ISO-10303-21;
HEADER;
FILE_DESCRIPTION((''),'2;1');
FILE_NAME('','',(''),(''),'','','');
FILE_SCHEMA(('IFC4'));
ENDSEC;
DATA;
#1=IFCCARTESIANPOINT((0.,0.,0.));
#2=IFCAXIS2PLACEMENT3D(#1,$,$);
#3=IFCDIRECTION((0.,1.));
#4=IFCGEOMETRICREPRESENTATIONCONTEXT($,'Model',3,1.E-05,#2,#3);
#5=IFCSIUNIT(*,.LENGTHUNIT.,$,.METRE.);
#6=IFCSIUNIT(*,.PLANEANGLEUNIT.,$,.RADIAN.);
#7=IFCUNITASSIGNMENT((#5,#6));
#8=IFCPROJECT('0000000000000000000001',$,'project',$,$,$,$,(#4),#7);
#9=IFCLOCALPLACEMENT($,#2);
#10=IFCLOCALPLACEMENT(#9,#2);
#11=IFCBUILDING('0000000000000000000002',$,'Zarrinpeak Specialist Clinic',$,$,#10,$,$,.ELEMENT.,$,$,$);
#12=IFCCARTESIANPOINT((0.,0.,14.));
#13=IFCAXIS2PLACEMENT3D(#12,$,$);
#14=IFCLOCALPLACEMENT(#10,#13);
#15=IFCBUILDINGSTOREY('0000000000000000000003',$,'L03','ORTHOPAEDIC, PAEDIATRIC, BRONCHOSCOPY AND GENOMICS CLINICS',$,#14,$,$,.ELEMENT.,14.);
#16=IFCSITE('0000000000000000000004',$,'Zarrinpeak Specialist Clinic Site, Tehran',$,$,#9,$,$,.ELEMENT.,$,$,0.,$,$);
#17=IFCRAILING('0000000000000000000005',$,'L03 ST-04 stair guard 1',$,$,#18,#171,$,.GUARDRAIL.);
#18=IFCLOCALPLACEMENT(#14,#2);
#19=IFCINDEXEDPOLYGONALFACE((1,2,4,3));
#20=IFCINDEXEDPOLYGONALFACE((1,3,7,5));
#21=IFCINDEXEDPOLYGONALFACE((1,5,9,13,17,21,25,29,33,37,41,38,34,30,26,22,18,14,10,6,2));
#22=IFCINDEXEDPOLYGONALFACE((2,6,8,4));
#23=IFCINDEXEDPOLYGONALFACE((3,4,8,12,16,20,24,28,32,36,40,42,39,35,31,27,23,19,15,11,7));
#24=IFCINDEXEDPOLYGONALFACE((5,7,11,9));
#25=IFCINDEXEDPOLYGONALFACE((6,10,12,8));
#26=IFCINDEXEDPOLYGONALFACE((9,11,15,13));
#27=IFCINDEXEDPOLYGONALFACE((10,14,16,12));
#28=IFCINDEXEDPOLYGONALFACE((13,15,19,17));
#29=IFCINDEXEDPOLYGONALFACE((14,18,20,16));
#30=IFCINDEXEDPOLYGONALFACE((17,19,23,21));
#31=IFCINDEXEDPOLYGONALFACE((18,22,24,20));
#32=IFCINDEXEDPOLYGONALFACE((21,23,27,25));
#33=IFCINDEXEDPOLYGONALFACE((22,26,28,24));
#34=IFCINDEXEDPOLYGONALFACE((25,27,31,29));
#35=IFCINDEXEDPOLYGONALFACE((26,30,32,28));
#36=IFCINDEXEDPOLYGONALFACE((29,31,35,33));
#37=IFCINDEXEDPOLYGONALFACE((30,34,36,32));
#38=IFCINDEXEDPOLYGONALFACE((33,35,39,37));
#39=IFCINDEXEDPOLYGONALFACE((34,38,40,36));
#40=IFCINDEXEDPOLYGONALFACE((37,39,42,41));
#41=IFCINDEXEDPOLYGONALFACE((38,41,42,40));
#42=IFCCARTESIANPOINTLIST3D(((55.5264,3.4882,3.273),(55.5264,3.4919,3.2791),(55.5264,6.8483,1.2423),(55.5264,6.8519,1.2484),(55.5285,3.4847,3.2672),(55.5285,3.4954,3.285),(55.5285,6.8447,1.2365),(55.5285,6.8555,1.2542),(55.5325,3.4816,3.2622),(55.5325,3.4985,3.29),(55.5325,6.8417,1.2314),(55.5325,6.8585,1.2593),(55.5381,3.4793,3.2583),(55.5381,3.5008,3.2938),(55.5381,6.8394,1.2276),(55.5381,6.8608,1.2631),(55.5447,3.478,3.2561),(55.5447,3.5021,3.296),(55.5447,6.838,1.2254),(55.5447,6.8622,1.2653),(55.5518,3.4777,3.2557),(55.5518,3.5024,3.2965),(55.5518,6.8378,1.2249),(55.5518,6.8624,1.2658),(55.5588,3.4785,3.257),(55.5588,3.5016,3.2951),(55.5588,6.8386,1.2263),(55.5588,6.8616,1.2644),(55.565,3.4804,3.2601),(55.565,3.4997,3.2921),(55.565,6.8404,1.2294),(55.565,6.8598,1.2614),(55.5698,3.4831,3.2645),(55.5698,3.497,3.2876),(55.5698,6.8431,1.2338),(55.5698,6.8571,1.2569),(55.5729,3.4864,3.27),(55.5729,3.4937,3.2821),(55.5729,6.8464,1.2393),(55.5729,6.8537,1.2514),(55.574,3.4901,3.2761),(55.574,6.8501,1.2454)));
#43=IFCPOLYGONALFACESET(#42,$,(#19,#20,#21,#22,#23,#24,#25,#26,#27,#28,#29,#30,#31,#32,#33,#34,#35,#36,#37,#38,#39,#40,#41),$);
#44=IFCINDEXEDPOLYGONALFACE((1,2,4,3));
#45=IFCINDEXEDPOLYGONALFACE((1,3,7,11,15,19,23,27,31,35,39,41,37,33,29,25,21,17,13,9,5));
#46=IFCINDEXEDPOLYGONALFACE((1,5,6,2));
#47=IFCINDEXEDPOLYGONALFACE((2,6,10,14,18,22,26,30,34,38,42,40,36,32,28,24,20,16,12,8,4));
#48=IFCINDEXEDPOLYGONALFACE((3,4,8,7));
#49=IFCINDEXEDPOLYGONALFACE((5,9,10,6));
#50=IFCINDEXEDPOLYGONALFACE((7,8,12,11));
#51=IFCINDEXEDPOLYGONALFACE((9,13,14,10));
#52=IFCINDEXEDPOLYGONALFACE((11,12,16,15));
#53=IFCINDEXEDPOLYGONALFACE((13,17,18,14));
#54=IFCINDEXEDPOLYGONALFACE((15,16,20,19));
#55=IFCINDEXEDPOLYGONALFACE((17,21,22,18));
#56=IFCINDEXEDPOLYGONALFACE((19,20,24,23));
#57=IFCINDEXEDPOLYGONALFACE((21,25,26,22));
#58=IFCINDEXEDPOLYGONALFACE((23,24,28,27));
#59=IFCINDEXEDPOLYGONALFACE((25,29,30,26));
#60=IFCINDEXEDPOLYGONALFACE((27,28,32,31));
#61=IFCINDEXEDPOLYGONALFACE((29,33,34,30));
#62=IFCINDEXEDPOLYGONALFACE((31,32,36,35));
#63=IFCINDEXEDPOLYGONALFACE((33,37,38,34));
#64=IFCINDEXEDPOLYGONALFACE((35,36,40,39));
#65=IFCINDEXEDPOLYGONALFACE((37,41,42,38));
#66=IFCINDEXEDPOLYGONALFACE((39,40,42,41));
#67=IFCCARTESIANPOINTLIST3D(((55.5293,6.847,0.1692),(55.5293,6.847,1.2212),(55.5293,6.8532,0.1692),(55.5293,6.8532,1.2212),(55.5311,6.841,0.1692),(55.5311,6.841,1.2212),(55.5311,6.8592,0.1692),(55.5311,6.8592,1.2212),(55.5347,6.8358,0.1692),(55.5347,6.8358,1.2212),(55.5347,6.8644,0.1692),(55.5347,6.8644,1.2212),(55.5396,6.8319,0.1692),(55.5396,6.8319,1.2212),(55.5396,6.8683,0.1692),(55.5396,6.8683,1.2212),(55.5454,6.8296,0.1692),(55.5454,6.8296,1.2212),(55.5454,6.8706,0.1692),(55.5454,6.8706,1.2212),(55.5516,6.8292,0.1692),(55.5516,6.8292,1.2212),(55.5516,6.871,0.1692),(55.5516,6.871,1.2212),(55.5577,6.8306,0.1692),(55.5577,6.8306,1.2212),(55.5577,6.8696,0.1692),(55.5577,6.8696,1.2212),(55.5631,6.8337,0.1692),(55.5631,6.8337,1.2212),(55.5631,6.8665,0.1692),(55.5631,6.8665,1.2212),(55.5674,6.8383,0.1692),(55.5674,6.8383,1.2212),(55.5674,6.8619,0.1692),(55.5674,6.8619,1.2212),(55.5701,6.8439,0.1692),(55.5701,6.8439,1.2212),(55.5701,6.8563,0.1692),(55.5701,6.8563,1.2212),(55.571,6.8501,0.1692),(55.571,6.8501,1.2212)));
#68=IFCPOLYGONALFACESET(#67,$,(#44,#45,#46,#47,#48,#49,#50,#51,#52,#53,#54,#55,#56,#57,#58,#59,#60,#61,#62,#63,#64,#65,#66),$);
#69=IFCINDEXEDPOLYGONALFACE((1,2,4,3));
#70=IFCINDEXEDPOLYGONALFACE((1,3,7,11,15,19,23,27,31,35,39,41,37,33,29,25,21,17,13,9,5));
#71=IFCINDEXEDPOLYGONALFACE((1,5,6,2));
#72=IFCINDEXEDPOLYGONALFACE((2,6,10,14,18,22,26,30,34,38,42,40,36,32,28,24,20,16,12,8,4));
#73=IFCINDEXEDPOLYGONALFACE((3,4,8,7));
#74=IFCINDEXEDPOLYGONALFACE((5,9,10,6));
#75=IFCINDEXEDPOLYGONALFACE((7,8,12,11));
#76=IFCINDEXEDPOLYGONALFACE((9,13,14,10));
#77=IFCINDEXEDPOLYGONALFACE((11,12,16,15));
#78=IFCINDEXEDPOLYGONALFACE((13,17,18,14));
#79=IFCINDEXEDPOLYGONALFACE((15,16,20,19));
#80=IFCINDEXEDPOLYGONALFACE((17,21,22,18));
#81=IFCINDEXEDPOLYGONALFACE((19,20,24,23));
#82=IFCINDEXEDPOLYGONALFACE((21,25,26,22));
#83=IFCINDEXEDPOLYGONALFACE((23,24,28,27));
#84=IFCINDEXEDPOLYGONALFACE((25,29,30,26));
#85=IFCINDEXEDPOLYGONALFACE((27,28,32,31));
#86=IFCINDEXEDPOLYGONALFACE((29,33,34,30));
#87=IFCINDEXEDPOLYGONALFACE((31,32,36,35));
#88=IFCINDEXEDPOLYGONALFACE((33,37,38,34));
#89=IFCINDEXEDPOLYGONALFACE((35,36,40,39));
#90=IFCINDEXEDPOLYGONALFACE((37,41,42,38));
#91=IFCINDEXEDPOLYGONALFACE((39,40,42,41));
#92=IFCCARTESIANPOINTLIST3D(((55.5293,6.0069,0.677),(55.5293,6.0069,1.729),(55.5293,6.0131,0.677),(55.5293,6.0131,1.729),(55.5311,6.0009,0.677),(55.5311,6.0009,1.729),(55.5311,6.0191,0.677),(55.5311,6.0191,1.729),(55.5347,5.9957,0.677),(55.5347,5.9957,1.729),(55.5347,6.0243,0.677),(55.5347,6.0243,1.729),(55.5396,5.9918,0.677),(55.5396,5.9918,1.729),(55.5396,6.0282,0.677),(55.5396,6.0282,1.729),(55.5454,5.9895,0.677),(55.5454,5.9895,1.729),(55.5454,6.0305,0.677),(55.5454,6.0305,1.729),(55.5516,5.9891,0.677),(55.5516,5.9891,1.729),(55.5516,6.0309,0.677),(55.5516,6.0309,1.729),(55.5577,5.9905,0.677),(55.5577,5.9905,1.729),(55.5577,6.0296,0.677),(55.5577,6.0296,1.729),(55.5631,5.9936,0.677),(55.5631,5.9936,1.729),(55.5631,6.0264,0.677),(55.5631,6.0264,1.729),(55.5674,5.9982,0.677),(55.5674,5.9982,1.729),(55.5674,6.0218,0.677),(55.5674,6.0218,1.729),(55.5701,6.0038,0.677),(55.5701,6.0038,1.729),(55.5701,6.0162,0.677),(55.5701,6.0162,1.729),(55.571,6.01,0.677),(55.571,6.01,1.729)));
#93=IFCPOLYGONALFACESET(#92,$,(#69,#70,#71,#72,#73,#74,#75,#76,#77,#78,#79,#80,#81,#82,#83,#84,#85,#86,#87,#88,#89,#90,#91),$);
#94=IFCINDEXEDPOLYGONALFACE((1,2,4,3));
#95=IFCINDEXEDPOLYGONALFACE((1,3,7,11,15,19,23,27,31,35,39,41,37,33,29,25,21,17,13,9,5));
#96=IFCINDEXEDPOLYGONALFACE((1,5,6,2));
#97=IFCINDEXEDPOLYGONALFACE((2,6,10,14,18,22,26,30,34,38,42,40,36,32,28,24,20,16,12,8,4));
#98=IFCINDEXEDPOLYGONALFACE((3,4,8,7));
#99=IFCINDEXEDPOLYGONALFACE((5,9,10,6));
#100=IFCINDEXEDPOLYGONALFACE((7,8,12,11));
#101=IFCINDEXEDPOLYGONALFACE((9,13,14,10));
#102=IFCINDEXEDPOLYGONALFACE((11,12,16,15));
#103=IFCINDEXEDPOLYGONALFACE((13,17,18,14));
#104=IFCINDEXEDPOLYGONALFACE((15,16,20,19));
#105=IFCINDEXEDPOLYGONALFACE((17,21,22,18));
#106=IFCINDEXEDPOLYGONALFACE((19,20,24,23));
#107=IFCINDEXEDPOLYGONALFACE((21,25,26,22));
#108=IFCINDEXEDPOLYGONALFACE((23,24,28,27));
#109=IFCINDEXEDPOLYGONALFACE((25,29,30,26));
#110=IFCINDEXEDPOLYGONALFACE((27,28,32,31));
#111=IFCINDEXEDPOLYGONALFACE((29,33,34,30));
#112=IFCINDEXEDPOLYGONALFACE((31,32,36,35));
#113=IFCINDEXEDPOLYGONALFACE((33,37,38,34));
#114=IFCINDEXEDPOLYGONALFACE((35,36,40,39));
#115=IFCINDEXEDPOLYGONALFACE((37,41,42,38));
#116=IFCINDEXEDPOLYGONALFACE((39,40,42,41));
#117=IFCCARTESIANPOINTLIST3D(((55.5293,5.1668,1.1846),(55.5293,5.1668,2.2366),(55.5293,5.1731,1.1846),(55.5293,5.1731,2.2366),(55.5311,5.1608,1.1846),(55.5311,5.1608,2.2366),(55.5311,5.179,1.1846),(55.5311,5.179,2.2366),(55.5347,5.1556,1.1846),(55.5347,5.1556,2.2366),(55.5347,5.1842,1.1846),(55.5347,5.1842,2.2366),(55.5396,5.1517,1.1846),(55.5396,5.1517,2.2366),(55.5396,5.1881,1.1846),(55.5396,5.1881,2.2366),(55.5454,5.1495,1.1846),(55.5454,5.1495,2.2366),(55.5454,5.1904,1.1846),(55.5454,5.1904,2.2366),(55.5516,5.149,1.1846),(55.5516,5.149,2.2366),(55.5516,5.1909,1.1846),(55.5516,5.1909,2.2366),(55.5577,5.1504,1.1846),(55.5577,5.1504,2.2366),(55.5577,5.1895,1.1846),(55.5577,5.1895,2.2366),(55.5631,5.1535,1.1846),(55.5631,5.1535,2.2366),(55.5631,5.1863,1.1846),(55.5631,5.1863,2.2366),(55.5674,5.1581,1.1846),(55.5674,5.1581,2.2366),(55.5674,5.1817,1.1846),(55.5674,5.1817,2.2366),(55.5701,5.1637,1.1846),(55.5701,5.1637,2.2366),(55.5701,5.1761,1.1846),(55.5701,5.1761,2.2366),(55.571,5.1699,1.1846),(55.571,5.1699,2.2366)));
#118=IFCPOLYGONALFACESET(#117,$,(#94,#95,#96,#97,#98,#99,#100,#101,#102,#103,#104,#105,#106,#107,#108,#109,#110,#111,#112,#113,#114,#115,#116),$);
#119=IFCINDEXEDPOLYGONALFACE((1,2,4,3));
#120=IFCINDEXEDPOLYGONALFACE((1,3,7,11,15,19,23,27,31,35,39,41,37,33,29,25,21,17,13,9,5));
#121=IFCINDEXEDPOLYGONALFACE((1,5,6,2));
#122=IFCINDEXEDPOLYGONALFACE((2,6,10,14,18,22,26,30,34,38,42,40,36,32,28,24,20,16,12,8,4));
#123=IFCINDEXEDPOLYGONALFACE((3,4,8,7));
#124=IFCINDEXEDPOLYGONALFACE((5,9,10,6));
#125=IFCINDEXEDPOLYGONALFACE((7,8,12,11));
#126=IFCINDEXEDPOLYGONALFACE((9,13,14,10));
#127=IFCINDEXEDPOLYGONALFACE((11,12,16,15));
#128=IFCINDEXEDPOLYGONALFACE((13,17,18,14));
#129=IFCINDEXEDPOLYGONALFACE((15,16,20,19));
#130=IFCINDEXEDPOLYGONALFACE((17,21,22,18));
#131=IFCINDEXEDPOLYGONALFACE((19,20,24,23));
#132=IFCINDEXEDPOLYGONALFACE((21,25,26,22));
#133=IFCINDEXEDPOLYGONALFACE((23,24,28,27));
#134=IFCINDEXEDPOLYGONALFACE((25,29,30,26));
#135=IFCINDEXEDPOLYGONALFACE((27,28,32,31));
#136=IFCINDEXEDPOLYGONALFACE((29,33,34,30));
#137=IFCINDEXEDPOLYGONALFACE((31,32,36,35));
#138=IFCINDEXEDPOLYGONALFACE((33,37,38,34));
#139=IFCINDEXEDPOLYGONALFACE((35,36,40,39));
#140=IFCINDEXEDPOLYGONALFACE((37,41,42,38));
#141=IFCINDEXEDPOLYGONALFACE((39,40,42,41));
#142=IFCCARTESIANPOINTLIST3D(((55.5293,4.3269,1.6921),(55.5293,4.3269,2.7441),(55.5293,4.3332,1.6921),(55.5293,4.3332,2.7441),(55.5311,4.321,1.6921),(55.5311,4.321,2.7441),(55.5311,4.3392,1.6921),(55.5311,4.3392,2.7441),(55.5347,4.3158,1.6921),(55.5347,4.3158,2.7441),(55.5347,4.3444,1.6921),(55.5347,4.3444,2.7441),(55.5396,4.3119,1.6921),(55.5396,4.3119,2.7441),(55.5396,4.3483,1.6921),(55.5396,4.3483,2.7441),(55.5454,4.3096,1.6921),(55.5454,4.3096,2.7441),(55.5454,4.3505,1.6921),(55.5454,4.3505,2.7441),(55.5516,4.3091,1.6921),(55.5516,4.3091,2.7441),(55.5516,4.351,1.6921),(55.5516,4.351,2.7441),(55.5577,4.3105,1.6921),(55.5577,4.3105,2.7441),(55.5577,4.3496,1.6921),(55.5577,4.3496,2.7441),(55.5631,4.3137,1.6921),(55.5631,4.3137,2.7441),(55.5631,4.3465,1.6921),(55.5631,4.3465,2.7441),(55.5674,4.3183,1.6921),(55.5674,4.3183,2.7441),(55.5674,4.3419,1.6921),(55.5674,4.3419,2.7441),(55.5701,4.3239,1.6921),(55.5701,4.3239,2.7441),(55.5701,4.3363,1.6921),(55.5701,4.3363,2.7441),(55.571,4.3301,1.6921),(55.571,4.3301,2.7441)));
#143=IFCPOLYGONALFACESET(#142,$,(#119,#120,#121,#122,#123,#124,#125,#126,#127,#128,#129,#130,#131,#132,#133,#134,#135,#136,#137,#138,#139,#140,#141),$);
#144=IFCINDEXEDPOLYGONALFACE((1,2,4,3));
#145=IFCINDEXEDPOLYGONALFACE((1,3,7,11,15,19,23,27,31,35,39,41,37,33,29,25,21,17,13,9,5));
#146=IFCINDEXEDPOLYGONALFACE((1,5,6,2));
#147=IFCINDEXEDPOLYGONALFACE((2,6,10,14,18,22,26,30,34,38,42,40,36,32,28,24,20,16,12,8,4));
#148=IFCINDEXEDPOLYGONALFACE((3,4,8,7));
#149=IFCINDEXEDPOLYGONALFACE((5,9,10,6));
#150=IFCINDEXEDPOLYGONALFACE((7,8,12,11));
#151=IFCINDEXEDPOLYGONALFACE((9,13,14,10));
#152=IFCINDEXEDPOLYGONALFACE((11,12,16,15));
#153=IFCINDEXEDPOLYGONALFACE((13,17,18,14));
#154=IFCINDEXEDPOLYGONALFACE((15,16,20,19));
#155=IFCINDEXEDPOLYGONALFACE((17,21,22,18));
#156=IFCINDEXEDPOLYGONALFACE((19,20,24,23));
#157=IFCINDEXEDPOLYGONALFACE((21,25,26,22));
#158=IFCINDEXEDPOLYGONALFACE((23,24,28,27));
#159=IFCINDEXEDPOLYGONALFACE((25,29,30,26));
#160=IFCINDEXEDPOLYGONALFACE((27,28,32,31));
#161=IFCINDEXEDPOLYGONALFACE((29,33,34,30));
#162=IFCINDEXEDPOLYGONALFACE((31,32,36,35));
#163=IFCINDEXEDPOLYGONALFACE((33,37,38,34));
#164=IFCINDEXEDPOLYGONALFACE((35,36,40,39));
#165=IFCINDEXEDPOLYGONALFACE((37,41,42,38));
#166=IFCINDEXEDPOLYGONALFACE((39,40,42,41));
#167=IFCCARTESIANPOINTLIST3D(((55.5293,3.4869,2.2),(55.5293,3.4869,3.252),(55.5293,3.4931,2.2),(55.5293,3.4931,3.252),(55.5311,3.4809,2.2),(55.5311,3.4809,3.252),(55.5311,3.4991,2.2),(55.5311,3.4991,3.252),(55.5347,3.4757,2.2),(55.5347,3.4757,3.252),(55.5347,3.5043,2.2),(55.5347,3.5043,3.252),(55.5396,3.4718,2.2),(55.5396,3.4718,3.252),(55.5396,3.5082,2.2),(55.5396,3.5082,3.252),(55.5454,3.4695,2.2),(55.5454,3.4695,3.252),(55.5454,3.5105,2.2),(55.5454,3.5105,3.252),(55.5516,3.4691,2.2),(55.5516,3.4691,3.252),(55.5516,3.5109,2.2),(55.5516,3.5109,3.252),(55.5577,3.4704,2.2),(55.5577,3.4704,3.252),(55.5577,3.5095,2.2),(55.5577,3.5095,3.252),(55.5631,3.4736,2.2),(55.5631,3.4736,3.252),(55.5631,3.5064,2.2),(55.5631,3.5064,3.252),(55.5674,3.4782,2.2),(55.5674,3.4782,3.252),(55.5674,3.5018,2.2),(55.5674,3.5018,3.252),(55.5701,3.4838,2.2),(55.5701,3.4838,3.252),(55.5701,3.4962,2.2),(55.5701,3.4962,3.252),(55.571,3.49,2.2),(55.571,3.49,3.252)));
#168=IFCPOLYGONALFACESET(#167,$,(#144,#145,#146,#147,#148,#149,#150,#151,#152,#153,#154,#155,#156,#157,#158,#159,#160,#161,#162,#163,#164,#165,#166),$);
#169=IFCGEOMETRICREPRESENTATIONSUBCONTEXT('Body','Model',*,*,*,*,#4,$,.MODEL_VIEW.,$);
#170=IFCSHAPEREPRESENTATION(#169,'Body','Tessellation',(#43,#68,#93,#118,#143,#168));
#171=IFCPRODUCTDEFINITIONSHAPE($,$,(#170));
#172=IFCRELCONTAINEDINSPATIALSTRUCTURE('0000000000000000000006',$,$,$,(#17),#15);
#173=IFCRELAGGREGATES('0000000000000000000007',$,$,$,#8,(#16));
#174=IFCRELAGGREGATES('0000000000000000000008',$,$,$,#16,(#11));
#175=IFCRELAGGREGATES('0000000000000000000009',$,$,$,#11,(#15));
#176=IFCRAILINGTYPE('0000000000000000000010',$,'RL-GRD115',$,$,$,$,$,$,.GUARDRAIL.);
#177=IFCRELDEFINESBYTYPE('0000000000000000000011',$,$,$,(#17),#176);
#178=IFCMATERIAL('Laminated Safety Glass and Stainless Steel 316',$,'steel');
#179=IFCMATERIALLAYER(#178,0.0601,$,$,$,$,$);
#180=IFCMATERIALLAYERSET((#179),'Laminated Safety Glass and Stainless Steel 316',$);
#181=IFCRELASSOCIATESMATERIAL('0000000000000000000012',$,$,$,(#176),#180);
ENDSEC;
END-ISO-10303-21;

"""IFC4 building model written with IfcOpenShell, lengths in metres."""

from ifc_helpers import new_model, si_unit, direction, frame, origin, origin_2d, place, context, subcontext, project, spatial, circle, extrude, material, layer, layer_set, type_object, element, save


model = new_model("IFC4")

# Units and contexts
model_context = context("Model", 3, precision=1e-05, world=origin(), true_north=direction((0.0, 1.0)))
body_context = subcontext(model_context, "Body", "Model", "MODEL_VIEW")
ifc_project = project(units=[si_unit("LENGTHUNIT", "METRE"), si_unit("PLANEANGLEUNIT", "RADIAN")], contexts=[model_context])

# Site, building, storey
site_placement = place(None, origin())
site = spatial("IfcSite", under=ifc_project, at=site_placement, Name="Zarrinpeak Specialist Clinic Site, Tehran", CompositionType="ELEMENT", RefElevation=0.0)
building_placement = place(site_placement, origin())
building = spatial("IfcBuilding", under=site, at=building_placement, Name="Zarrinpeak Specialist Clinic", CompositionType="ELEMENT")
storey_placement = place(building_placement, frame((0.0, 0.0, 14.0)))
storey = spatial("IfcBuildingStorey", under=building, at=storey_placement, Name="L03", Description="ORTHOPAEDIC, PAEDIATRIC, BRONCHOSCOPY AND GENOMICS CLINICS", CompositionType="ELEMENT", Elevation=14.0)

# Railing
ifc_material_1 = material(Name="Laminated Safety Glass and Stainless Steel 316", Category="steel")
ifc_layer_1 = layer(ifc_material_1, 0.0601)
ifc_layer_set_1 = layer_set([ifc_layer_1], Name="Laminated Safety Glass and Stainless Steel 316")
railing_type_1 = type_object("IfcRailingType", Name="RL-GRD115", PredefinedType="GUARDRAIL", material=ifc_layer_set_1)
railing_1_placement = place(storey_placement, frame((55.55, 6.8501, 0.1692)))
element("IfcRailing", 1, at=railing_1_placement, inside=storey, type_object=railing_type_1, Name="L03 ST-04 stair guard 1", PredefinedType="GUARDRAIL", context=body_context, shape_type="SweptSolid", body=[
    extrude(circle(Radius=0.0239, at=origin_2d()), frame((0.0, 0.0, 1.0762), z_axis=(0.0, -0.855837, 0.517246), x_axis=(1.0, 0.0, 0.0)), (0.0, 0.0, 1.0), 3.926),
    extrude(circle(Radius=0.021, at=origin_2d()), origin(), (0.0, 0.0, 1.0), 1.052),
    extrude(circle(Radius=0.021, at=origin_2d()), frame((0.0, -0.8401, 0.5078)), (0.0, 0.0, 1.0), 1.052),
    extrude(circle(Radius=0.021, at=origin_2d()), frame((0.0, -1.6802, 1.0154)), (0.0, 0.0, 1.0), 1.052),
    extrude(circle(Radius=0.021, at=origin_2d()), frame((0.0, -2.52, 1.5229)), (0.0, 0.0, 1.0), 1.052),
    extrude(circle(Radius=0.021, at=origin_2d()), frame((0.0, -3.3601, 2.0308)), (0.0, 0.0, 1.0), 1.052),
])

save(model, "model.ifc")
